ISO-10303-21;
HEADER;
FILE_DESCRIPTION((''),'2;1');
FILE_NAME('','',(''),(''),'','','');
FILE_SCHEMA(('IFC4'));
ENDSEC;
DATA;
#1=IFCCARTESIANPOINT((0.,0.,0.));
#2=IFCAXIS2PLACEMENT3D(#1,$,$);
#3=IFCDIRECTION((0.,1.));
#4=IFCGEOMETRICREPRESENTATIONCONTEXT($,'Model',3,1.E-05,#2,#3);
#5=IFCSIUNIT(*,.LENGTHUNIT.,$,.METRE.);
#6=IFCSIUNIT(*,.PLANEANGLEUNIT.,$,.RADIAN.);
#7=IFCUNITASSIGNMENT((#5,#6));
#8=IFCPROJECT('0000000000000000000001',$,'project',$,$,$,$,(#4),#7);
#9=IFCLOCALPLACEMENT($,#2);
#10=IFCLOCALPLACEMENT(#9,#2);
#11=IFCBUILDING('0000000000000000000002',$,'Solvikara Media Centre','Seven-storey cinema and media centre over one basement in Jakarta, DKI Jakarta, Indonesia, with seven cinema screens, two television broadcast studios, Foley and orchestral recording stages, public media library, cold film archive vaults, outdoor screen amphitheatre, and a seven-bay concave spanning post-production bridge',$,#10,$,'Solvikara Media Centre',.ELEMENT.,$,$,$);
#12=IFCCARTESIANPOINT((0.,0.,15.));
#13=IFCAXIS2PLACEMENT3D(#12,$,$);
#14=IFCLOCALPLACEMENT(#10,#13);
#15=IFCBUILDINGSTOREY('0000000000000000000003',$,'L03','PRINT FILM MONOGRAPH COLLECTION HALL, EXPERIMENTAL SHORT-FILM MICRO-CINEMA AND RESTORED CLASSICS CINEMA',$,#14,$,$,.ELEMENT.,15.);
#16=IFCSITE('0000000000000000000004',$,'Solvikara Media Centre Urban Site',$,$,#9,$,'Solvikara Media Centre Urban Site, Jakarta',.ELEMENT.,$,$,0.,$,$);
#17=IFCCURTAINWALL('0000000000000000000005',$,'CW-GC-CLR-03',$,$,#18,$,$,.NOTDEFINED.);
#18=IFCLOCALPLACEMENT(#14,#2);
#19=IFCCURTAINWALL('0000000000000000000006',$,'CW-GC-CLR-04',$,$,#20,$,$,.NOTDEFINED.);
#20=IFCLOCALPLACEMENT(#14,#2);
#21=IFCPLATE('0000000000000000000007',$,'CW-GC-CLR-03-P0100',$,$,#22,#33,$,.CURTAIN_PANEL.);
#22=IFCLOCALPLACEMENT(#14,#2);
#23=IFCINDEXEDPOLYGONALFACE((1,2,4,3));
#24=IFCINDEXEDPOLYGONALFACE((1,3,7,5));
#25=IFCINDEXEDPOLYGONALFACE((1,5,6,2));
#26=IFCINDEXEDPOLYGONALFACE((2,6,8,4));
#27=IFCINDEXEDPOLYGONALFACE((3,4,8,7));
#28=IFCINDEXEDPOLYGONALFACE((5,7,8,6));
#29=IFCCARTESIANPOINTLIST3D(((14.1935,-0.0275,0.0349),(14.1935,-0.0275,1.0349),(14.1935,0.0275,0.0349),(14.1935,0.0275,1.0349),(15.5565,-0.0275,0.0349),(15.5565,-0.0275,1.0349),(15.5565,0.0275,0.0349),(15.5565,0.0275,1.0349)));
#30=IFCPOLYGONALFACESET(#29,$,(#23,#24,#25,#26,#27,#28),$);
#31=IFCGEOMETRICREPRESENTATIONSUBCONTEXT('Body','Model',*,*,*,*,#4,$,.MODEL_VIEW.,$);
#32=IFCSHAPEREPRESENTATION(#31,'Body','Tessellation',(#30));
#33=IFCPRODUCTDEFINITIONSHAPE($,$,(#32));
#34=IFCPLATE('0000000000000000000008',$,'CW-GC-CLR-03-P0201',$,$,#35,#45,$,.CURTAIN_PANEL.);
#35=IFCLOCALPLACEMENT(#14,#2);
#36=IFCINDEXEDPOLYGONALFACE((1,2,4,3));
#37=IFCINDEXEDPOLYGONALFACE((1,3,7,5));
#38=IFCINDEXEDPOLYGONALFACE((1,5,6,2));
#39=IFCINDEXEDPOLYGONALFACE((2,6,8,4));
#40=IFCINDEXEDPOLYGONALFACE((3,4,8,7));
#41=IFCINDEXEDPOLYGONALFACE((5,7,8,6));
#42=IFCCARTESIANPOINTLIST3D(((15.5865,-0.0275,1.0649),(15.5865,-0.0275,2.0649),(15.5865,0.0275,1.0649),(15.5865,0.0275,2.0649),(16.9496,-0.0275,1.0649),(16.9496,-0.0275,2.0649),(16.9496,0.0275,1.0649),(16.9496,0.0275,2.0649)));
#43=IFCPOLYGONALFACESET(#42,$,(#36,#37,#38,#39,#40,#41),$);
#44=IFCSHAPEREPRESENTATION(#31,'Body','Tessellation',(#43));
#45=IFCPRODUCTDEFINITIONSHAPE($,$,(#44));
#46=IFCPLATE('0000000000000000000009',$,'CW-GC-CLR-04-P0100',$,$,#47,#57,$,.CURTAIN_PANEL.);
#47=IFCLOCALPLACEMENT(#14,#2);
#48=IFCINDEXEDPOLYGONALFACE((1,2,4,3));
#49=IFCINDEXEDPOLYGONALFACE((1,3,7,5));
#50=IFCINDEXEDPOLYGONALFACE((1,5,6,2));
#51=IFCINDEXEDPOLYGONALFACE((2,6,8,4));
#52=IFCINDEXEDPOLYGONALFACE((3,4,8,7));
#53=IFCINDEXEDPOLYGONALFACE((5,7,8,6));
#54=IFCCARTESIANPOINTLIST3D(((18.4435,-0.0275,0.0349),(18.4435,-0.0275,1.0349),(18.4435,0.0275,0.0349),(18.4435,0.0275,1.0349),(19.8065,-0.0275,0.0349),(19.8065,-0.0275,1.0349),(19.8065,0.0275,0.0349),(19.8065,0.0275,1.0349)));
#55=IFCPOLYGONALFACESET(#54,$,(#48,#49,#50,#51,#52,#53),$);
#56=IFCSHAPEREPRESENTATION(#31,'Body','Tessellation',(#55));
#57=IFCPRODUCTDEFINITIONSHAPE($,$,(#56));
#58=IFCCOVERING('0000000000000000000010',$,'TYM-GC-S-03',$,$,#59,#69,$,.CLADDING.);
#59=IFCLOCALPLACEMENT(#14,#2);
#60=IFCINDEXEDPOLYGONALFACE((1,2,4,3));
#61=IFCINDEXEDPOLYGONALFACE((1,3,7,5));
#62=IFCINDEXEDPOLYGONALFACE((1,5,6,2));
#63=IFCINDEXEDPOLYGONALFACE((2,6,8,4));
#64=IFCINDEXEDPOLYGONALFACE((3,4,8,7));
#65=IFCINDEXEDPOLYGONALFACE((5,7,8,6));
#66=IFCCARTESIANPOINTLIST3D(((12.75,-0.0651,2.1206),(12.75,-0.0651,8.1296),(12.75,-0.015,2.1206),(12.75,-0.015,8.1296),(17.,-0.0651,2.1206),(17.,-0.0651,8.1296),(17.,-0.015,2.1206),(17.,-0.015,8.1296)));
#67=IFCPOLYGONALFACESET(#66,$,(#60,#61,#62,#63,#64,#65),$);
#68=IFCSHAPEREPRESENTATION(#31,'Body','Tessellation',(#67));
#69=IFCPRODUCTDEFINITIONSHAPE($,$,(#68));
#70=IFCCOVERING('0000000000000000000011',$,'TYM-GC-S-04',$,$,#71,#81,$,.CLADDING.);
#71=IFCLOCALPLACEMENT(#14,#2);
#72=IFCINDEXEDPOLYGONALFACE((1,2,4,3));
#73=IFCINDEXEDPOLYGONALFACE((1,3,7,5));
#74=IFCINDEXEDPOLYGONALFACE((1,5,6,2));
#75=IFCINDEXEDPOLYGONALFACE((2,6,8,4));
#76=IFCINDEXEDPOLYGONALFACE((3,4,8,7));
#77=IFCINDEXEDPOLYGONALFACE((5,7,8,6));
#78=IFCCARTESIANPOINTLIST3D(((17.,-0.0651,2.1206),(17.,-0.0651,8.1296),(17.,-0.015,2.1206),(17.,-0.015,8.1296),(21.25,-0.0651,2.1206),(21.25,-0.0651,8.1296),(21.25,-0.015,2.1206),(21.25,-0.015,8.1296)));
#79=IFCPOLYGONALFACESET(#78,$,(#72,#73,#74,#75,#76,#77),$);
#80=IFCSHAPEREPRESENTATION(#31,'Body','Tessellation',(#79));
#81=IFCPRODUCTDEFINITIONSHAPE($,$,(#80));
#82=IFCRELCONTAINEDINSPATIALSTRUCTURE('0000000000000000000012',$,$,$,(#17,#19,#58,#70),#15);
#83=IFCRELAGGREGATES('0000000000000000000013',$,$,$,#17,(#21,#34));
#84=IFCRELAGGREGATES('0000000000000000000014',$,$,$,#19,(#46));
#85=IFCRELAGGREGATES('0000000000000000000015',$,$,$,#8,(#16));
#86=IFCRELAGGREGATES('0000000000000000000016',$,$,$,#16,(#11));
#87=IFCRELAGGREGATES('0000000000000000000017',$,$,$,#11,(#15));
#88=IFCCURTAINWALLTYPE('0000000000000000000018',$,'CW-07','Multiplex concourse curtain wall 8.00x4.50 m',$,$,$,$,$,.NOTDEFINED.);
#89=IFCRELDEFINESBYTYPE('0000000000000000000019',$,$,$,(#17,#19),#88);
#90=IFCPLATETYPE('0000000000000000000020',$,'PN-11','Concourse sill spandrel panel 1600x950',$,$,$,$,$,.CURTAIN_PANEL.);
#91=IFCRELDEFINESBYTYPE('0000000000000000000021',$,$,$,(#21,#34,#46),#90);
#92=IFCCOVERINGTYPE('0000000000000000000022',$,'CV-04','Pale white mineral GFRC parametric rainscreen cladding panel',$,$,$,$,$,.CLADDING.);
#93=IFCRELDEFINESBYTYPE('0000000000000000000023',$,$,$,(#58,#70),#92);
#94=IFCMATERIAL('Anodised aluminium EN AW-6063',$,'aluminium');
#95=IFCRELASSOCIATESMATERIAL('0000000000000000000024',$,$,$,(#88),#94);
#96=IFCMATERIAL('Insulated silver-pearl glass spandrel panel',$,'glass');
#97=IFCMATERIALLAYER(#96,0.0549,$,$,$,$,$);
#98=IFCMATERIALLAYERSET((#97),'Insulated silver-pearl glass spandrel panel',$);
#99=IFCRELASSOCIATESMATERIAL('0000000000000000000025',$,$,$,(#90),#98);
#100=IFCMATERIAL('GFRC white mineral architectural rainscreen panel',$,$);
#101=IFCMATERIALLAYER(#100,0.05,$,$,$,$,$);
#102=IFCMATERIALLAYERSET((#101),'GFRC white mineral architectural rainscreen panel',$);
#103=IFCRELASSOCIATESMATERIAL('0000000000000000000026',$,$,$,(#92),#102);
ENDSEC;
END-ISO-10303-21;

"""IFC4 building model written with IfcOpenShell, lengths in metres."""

from ifc_helpers import new_model, si_unit, direction, frame, origin, origin_2d, place, context, subcontext, project, spatial, rectangle, extrude, material, layer, layer_set, type_object, element, aggregate, save


model = new_model("IFC4")

# Units and contexts
model_context = context("Model", 3, precision=1e-05, world=origin(), true_north=direction((0.0, 1.0)))
body_context = subcontext(model_context, "Body", "Model", "MODEL_VIEW")
ifc_project = project(units=[si_unit("LENGTHUNIT", "METRE"), si_unit("PLANEANGLEUNIT", "RADIAN")], contexts=[model_context])

# Site, building, storey
site_placement = place(None, origin())
site = spatial("IfcSite", under=ifc_project, at=site_placement, Name="Solvikara Media Centre Urban Site", LongName="Solvikara Media Centre Urban Site, Jakarta", CompositionType="ELEMENT", RefElevation=0.0)
building_placement = place(site_placement, origin())
building = spatial("IfcBuilding", under=site, at=building_placement, Name="Solvikara Media Centre", Description="Seven-storey cinema and media centre over one basement in Jakarta, DKI Jakarta, Indonesia, with seven cinema screens, two television broadcast studios, Foley and orchestral recording stages, public media library, cold film archive vaults, outdoor screen amphitheatre, and a seven-bay concave spanning post-production bridge", LongName="Solvikara Media Centre", CompositionType="ELEMENT")
storey_placement = place(building_placement, frame((0.0, 0.0, 15.0)))
storey = spatial("IfcBuildingStorey", under=building, at=storey_placement, Name="L03", Description="PRINT FILM MONOGRAPH COLLECTION HALL, EXPERIMENTAL SHORT-FILM MICRO-CINEMA AND RESTORED CLASSICS CINEMA", CompositionType="ELEMENT", Elevation=15.0)

# Curtain walls
ifc_material_1 = material(Name="Anodised aluminium EN AW-6063", Category="aluminium")
curtain_wall_type = type_object("IfcCurtainWallType", Name="CW-07", Description="Multiplex concourse curtain wall 8.00x4.50 m", PredefinedType="NOTDEFINED", material=ifc_material_1)
curtain_wall_1_placement = place(storey_placement, origin())
curtain_wall_1 = element("IfcCurtainWall", 1, at=curtain_wall_1_placement, inside=storey, type_object=curtain_wall_type, Name="CW-GC-CLR-03", PredefinedType="NOTDEFINED")
curtain_wall_2_placement = place(storey_placement, origin())
curtain_wall_2 = element("IfcCurtainWall", 2, at=curtain_wall_2_placement, inside=storey, type_object=curtain_wall_type, Name="CW-GC-CLR-04", PredefinedType="NOTDEFINED")

# Plates
ifc_material_2 = material(Name="Insulated silver-pearl glass spandrel panel", Category="glass")
ifc_layer_1 = layer(ifc_material_2, 0.0549)
ifc_layer_set_1 = layer_set([ifc_layer_1], Name="Insulated silver-pearl glass spandrel panel")
plate_type_1 = type_object("IfcPlateType", Name="PN-11", Description="Concourse sill spandrel panel 1600x950", PredefinedType="CURTAIN_PANEL", material=ifc_layer_set_1)
plate_1_placement = place(storey_placement, frame((14.875, 0.0, 0.0349), z_axis=(0.0, 0.0, 1.0), x_axis=(1.0, 0.0, 0.0)))
plate_1 = element("IfcPlate", 3, at=plate_1_placement, type_object=plate_type_1, Name="CW-GC-CLR-03-P0100", PredefinedType="CURTAIN_PANEL", context=body_context, shape_type="SweptSolid", body=[
    extrude(rectangle(XDim=1.363, YDim=0.0549, at=origin_2d()), origin(), (0.0, 0.0, 1.0), 1.0),
])
plate_2_placement = place(storey_placement, frame((16.2681, 0.0, 1.0649), z_axis=(0.0, 0.0, 1.0), x_axis=(1.0, 0.0, 0.0)))
plate_2 = element("IfcPlate", 4, at=plate_2_placement, type_object=plate_type_1, Name="CW-GC-CLR-03-P0201", PredefinedType="CURTAIN_PANEL", context=body_context, shape_type="SweptSolid", body=[
    extrude(rectangle(XDim=1.363, YDim=0.0549, at=origin_2d()), origin(), (0.0, 0.0, 1.0), 1.0),
])
aggregate(curtain_wall_1, [plate_1, plate_2])
plate_3_placement = place(storey_placement, frame((19.125, 0.0, 0.0349), z_axis=(0.0, 0.0, 1.0), x_axis=(1.0, 0.0, 0.0)))
plate_3 = element("IfcPlate", 5, at=plate_3_placement, type_object=plate_type_1, Name="CW-GC-CLR-04-P0100", PredefinedType="CURTAIN_PANEL", context=body_context, shape_type="SweptSolid", body=[
    extrude(rectangle(XDim=1.363, YDim=0.0549, at=origin_2d()), origin(), (0.0, 0.0, 1.0), 1.0),
])
aggregate(curtain_wall_2, [plate_3])

# Coverings
ifc_material_3 = material(Name="GFRC white mineral architectural rainscreen panel")
ifc_layer_2 = layer(ifc_material_3, 0.05)
ifc_layer_set_2 = layer_set([ifc_layer_2], Name="GFRC white mineral architectural rainscreen panel")
covering_type = type_object("IfcCoveringType", Name="CV-04", Description="Pale white mineral GFRC parametric rainscreen cladding panel", PredefinedType="CLADDING", material=ifc_layer_set_2)
for number, where, z_axis, x_axis, name in (
    (6, (14.875, -0.04, 2.1206), (0.0, 0.0, 1.0), (1.0, 0.0, 0.0), "TYM-GC-S-03"),
    (7, (19.125, -0.04, 2.1206), (0.0, 0.0, 1.0), (1.0, 0.0, 0.0), "TYM-GC-S-04"),
):
    element("IfcCovering", number, at=place(storey_placement, frame(where, z_axis=z_axis, x_axis=x_axis)), inside=storey, type_object=covering_type, Name=name, PredefinedType="CLADDING", context=body_context, shape_type="SweptSolid", body=[
        extrude(rectangle(XDim=4.25, YDim=0.05, at=origin_2d()), origin(), (0.0, 0.0, 1.0), 6.009),
    ])

save(model, "model.ifc")
